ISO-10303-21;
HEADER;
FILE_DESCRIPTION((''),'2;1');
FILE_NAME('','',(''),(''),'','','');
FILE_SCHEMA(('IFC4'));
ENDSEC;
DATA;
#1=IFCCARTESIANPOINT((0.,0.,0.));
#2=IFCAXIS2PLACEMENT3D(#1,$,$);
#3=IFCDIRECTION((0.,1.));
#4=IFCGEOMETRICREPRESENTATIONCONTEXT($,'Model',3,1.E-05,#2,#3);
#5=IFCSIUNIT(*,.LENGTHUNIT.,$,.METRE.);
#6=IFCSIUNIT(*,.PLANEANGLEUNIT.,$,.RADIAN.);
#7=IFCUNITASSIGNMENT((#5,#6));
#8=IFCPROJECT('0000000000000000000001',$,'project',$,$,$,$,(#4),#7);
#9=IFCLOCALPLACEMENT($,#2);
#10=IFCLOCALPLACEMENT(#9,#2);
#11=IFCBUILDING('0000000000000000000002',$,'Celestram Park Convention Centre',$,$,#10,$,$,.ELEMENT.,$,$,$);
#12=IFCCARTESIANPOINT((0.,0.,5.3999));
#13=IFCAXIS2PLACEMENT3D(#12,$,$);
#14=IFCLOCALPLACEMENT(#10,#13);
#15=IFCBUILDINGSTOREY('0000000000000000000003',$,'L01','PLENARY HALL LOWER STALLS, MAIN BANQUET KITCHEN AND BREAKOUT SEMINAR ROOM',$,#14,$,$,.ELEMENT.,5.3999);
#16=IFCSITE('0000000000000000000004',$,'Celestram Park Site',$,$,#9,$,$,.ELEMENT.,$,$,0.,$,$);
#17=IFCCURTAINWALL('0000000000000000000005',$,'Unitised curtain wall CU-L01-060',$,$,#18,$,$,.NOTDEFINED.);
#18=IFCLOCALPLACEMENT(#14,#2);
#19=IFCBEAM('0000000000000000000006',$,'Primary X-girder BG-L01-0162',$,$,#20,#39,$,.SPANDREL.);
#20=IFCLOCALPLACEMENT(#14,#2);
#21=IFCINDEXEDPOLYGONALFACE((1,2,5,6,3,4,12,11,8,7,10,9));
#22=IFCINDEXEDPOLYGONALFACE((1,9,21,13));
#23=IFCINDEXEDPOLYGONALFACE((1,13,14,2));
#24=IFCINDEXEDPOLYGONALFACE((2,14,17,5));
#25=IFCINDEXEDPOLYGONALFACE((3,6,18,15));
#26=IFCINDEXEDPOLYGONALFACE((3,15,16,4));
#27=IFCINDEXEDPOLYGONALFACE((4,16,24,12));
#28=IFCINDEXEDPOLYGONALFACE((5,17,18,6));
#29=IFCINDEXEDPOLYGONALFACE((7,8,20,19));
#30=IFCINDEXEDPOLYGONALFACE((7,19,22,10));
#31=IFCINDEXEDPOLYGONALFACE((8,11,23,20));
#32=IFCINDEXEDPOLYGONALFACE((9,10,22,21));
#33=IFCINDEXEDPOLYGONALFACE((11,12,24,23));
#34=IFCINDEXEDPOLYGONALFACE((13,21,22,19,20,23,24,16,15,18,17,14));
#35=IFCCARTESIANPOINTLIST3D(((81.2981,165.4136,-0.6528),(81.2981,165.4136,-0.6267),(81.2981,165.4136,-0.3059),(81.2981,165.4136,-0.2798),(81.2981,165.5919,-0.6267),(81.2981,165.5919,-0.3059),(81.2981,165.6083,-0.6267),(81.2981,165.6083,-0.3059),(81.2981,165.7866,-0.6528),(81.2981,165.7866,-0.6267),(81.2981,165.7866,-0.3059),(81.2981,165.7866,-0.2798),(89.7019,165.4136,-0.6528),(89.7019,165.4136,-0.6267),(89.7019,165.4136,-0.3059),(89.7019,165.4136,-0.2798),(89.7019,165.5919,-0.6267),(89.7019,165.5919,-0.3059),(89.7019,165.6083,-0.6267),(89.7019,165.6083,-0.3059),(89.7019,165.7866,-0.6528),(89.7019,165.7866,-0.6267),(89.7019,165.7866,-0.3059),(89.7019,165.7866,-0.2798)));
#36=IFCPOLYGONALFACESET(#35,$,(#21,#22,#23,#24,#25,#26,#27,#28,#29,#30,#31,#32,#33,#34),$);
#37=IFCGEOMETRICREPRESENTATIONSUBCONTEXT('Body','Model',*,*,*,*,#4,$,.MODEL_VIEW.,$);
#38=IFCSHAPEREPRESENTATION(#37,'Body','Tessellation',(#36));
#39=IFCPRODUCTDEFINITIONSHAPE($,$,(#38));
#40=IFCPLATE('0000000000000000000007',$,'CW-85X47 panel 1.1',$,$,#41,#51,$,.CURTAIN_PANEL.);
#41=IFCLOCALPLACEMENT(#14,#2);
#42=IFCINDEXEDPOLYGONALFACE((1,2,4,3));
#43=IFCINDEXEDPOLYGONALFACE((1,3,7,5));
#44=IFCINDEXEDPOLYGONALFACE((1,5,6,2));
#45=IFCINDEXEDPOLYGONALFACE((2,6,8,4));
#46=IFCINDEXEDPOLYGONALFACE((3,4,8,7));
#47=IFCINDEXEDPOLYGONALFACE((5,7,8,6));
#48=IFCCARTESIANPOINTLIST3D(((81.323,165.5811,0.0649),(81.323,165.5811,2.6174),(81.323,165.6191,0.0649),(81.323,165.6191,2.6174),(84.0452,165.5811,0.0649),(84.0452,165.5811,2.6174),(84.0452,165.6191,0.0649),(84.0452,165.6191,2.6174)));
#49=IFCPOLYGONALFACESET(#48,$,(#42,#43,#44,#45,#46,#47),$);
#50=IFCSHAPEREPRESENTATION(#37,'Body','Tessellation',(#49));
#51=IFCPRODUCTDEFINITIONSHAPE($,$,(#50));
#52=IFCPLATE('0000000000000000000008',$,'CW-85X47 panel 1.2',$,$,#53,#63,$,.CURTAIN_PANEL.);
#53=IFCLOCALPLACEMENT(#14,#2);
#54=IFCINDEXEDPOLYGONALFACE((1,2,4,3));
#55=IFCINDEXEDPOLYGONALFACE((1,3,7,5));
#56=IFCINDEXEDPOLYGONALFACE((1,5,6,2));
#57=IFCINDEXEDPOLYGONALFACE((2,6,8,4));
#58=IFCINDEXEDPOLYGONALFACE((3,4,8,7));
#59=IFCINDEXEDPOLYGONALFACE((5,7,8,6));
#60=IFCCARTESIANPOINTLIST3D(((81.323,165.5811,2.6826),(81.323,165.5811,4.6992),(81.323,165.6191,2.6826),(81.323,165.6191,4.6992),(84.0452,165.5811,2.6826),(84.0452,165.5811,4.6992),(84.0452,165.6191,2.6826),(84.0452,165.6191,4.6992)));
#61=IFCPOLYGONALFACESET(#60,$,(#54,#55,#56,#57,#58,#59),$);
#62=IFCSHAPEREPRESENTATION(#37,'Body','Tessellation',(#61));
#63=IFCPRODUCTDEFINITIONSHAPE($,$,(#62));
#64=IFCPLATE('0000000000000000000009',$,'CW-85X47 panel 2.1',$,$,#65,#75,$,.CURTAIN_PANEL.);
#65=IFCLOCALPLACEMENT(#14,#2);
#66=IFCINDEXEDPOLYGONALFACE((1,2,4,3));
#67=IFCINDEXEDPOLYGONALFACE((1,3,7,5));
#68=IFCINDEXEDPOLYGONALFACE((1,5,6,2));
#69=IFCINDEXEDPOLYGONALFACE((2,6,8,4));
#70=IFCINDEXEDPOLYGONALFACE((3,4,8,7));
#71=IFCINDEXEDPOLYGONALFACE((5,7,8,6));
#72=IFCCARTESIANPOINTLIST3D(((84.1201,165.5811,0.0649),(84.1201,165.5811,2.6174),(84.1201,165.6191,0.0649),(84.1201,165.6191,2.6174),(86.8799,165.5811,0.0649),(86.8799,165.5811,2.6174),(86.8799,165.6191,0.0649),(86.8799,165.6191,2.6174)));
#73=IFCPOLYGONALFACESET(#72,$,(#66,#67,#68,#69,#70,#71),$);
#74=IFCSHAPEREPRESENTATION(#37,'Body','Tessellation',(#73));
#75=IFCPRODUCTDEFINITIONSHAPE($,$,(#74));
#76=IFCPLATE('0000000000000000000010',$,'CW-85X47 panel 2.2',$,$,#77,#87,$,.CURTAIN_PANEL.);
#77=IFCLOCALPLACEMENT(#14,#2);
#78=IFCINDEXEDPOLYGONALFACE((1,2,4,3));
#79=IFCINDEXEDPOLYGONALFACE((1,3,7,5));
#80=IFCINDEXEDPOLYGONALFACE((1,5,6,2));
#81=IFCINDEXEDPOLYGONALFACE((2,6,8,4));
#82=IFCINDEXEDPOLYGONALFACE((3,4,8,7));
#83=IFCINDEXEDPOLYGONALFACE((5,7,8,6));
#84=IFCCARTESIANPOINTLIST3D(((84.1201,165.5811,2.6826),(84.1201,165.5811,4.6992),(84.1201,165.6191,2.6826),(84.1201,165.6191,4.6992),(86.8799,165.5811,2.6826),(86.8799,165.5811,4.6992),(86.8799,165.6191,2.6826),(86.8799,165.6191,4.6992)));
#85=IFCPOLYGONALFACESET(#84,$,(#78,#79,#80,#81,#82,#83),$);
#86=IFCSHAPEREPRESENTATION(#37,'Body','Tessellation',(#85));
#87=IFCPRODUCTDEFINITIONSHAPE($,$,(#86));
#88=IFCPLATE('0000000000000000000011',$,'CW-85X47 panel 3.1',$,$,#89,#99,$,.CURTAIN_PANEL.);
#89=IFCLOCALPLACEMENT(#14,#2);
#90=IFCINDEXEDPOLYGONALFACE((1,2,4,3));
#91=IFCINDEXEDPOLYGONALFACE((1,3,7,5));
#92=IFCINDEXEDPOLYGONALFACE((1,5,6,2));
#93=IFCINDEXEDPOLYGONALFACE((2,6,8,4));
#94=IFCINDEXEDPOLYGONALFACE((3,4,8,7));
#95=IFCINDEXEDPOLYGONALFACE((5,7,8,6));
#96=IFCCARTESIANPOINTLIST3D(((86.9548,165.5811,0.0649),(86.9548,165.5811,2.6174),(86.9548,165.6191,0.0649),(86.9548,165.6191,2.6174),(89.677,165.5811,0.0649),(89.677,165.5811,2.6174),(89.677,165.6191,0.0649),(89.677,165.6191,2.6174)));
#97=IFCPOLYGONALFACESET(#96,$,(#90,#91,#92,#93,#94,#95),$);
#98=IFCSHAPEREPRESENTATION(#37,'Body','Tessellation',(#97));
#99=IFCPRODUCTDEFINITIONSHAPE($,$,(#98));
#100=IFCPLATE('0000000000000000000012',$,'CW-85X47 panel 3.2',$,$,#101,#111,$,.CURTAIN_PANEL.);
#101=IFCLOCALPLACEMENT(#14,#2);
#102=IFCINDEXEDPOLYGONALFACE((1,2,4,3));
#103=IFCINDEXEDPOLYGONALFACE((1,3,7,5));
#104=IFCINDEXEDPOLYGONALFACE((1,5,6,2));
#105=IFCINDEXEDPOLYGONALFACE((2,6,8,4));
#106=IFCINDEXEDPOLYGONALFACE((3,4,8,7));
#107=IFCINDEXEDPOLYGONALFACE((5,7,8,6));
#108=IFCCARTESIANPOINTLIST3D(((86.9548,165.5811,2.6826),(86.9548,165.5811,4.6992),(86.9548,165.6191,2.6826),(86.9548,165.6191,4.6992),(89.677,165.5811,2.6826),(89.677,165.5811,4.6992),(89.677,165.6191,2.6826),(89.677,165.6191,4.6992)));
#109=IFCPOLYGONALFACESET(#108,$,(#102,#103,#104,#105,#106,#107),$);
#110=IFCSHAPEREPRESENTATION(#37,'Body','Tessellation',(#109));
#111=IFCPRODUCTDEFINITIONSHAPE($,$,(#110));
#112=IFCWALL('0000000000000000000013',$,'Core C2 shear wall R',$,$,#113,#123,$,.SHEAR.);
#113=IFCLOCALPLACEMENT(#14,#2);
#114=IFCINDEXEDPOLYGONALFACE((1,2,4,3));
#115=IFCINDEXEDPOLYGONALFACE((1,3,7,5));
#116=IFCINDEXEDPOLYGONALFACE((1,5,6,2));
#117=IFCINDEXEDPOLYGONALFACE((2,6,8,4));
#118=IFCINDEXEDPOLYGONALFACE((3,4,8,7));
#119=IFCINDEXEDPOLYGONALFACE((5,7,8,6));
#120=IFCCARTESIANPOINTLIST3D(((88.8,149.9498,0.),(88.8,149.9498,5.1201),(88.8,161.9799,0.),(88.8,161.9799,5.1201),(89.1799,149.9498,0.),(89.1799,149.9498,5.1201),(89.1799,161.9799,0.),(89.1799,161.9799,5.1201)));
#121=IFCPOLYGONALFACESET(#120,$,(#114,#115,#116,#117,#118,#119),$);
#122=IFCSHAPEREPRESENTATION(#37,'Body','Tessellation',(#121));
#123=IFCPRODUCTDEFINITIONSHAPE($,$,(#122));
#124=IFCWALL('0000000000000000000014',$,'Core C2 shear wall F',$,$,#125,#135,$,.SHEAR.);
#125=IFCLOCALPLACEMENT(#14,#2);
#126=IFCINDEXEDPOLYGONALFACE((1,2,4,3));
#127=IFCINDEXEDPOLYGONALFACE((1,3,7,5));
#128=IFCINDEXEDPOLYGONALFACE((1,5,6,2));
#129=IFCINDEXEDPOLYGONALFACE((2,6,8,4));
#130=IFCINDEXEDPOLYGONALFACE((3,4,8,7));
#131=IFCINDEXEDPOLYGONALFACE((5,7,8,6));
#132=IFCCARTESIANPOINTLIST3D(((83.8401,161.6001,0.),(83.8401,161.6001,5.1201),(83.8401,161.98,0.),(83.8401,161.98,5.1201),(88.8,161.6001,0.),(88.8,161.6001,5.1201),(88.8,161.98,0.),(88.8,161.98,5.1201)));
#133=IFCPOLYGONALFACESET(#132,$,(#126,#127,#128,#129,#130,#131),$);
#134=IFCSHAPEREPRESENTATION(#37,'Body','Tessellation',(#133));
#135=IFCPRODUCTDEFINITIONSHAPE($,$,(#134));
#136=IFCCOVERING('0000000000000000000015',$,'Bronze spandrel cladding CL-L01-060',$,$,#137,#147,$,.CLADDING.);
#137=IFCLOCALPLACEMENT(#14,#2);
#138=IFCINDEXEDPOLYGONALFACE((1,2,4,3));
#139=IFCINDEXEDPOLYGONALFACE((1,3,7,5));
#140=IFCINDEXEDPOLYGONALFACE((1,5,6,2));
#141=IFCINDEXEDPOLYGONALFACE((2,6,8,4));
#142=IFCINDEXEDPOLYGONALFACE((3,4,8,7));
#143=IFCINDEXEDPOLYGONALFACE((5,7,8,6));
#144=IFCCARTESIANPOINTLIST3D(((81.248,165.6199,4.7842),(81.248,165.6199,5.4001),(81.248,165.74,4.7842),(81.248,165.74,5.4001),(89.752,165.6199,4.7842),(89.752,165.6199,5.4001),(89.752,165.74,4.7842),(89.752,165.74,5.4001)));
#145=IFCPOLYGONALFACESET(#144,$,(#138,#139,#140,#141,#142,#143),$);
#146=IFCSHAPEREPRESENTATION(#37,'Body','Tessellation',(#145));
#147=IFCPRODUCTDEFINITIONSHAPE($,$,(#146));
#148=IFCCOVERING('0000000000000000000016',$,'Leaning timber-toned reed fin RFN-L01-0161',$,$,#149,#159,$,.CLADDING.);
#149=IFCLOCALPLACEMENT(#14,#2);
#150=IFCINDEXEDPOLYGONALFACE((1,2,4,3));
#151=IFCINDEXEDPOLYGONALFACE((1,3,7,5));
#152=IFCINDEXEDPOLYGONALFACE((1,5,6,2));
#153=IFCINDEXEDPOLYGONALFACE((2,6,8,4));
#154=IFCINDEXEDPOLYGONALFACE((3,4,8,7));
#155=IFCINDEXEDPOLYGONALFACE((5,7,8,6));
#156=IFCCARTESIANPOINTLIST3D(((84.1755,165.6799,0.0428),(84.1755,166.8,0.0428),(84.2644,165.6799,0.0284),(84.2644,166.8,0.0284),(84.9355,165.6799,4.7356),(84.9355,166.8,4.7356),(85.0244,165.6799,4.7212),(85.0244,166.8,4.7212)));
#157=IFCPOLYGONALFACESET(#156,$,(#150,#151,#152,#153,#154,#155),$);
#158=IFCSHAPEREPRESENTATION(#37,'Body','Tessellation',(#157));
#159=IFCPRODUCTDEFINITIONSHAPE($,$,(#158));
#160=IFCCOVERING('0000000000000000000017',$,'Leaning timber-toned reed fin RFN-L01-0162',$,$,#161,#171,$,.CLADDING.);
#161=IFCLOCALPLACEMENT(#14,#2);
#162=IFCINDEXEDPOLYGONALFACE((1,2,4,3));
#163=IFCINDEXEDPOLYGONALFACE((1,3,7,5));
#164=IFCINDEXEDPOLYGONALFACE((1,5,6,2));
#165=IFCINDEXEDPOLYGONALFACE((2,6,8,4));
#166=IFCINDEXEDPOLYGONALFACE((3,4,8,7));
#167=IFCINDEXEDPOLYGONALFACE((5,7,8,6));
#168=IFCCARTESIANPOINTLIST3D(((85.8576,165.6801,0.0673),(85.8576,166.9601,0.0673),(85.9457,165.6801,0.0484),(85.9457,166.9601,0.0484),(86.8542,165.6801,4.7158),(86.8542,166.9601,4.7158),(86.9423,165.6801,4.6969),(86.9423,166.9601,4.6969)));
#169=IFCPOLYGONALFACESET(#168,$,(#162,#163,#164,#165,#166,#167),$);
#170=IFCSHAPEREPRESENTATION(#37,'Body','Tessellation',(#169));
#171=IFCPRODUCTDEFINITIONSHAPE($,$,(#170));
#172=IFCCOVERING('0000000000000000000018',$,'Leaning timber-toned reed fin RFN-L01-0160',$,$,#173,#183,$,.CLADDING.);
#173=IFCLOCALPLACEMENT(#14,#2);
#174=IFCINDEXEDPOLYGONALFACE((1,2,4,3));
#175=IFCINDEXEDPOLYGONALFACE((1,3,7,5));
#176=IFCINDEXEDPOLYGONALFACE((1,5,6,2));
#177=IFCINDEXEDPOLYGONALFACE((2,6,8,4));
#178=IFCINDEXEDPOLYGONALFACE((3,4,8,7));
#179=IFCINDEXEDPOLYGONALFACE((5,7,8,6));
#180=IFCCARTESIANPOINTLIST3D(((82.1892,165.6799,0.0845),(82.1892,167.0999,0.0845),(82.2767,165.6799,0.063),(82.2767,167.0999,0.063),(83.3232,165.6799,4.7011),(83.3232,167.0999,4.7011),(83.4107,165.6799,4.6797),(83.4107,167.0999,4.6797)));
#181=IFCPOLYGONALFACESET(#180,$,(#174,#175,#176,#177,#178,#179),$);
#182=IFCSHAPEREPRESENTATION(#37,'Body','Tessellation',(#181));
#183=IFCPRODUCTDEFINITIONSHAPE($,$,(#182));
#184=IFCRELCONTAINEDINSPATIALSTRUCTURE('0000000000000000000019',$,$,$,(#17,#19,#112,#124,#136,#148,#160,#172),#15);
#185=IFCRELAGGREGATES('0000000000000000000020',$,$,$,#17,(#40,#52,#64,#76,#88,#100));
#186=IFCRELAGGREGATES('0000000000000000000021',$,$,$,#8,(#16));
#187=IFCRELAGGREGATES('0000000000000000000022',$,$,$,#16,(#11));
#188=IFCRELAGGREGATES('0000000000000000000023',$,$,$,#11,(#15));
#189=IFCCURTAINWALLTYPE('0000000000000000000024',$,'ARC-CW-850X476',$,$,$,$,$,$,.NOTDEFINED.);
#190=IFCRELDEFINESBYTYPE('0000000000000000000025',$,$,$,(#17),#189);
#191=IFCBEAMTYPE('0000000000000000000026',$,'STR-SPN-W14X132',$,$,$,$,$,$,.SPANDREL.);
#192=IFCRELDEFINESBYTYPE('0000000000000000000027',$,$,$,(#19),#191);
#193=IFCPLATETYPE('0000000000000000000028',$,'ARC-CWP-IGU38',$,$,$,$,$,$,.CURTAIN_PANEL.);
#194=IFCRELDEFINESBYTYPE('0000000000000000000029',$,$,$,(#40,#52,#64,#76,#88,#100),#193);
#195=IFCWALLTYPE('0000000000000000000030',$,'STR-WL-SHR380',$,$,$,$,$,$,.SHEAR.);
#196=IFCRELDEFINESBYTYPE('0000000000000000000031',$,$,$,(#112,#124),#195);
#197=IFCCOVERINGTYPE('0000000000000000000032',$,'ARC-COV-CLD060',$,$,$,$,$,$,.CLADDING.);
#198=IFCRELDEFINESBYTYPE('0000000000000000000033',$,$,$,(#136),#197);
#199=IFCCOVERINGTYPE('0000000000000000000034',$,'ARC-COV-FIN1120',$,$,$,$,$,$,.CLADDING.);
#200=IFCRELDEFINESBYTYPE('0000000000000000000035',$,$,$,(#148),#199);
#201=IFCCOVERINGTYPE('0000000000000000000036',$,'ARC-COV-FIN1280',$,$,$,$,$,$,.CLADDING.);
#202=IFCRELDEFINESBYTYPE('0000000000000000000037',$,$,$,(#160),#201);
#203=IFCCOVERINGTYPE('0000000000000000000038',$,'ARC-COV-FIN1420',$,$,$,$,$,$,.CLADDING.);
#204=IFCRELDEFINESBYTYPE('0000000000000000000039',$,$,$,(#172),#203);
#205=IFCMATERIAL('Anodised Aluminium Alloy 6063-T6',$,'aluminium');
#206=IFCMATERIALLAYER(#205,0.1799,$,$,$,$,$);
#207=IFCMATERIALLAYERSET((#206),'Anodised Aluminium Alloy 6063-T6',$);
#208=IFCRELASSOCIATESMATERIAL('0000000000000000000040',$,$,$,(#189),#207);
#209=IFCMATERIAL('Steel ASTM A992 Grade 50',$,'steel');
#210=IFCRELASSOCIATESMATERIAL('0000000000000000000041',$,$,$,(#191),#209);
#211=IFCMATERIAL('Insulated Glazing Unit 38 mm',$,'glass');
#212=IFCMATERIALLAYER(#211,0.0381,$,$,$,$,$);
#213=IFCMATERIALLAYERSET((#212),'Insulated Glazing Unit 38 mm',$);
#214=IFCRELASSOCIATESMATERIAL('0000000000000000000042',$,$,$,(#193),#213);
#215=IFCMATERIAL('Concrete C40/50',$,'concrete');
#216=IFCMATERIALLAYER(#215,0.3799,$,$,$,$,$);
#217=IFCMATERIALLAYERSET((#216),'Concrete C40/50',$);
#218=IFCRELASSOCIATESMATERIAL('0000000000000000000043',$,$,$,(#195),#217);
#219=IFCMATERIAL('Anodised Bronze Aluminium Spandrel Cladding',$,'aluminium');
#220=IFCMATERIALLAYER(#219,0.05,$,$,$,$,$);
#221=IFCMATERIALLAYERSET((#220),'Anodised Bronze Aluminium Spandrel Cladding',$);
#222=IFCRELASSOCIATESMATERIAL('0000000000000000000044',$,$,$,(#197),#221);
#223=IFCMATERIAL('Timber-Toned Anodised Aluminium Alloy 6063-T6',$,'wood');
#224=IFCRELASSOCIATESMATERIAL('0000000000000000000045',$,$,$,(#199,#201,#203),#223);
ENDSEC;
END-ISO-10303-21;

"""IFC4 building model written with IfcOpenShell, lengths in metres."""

from ifc_helpers import new_model, si_unit, direction, frame, frame_2d, origin, origin_2d, place, context, subcontext, project, spatial, rectangle, i_section, extrude, material, layer, layer_set, material_profile, profile_set, type_object, element, aggregate, save


model = new_model("IFC4")

# Units and contexts
model_context = context("Model", 3, precision=1e-05, world=origin(), true_north=direction((0.0, 1.0)))
body_context = subcontext(model_context, "Body", "Model", "MODEL_VIEW")
ifc_project = project(units=[si_unit("LENGTHUNIT", "METRE"), si_unit("PLANEANGLEUNIT", "RADIAN")], contexts=[model_context])

# Site, building, storey
site_placement = place(None, origin())
site = spatial("IfcSite", under=ifc_project, at=site_placement, Name="Celestram Park Site", CompositionType="ELEMENT", RefElevation=0.0)
building_placement = place(site_placement, origin())
building = spatial("IfcBuilding", under=site, at=building_placement, Name="Celestram Park Convention Centre", CompositionType="ELEMENT")
storey_placement = place(building_placement, frame((0.0, 0.0, 5.3999)))
storey = spatial("IfcBuildingStorey", under=building, at=storey_placement, Name="L01", Description="PLENARY HALL LOWER STALLS, MAIN BANQUET KITCHEN AND BREAKOUT SEMINAR ROOM", CompositionType="ELEMENT", Elevation=5.3999)

# Curtain wall
ifc_material_1 = material(Name="Anodised Aluminium Alloy 6063-T6", Category="aluminium")
ifc_layer_1 = layer(ifc_material_1, 0.1799)
ifc_layer_set_1 = layer_set([ifc_layer_1], Name="Anodised Aluminium Alloy 6063-T6")
curtain_wall_type = type_object("IfcCurtainWallType", Name="ARC-CW-850X476", PredefinedType="NOTDEFINED", material=ifc_layer_set_1)
curtain_wall_placement = place(storey_placement, origin())
curtain_wall = element("IfcCurtainWall", 1, at=curtain_wall_placement, inside=storey, type_object=curtain_wall_type, Name="Unitised curtain wall CU-L01-060", PredefinedType="NOTDEFINED")

# Beam
ifc_material_2 = material(Name="Steel ASTM A992 Grade 50", Category="steel")
ifc_material_profile_1 = material_profile(ifc_material_2, i_section(OverallWidth=0.373, OverallDepth=0.373, WebThickness=0.0164, FlangeThickness=0.0261, at=origin_2d()), Name="W14X132")
ifc_profile_set_1 = profile_set([ifc_material_profile_1], Name="Steel ASTM A992 Grade 50")
beam_type = type_object("IfcBeamType", Name="STR-SPN-W14X132", PredefinedType="SPANDREL", material=ifc_profile_set_1)
beam_placement = place(storey_placement, frame((81.2981, 165.6001, -0.4663), z_axis=(1.0, 0.0, 0.0), x_axis=(0.0, 1.0, 0.0)))
element("IfcBeam", 2, at=beam_placement, inside=storey, type_object=beam_type, Name="Primary X-girder BG-L01-0162", PredefinedType="SPANDREL", context=body_context, shape_type="SweptSolid", body=[
    extrude(i_section(OverallWidth=0.373, OverallDepth=0.373, WebThickness=0.0164, FlangeThickness=0.0261, at=origin_2d()), origin(), (0.0, 0.0, 1.0), 8.4038),
])

# Plates
ifc_material_3 = material(Name="Insulated Glazing Unit 38 mm", Category="glass")
ifc_layer_2 = layer(ifc_material_3, 0.0381)
ifc_layer_set_2 = layer_set([ifc_layer_2], Name="Insulated Glazing Unit 38 mm")
plate_type = type_object("IfcPlateType", Name="ARC-CWP-IGU38", PredefinedType="CURTAIN_PANEL", material=ifc_layer_set_2)
plate_1_placement = place(storey_placement, frame((82.6841, 165.6001, 0.0649), z_axis=(0.0, 0.0, 1.0), x_axis=(1.0, 0.0, 0.0)))
plate_1 = element("IfcPlate", 3, at=plate_1_placement, type_object=plate_type, Name="CW-85X47 panel 1.1", PredefinedType="CURTAIN_PANEL", context=body_context, shape_type="SweptSolid", body=[
    extrude(rectangle(XDim=2.7222, YDim=0.0381, at=origin_2d()), origin(), (0.0, 0.0, 1.0), 2.5525),
])
plate_2_placement = place(storey_placement, frame((82.6841, 165.6001, 2.6826), z_axis=(0.0, 0.0, 1.0), x_axis=(1.0, 0.0, 0.0)))
plate_2 = element("IfcPlate", 4, at=plate_2_placement, type_object=plate_type, Name="CW-85X47 panel 1.2", PredefinedType="CURTAIN_PANEL", context=body_context, shape_type="SweptSolid", body=[
    extrude(rectangle(XDim=2.7222, YDim=0.0381, at=origin_2d()), origin(), (0.0, 0.0, 1.0), 2.0166),
])
plate_3_placement = place(storey_placement, frame((85.5, 165.6001, 0.0649), z_axis=(0.0, 0.0, 1.0), x_axis=(1.0, 0.0, 0.0)))
plate_3 = element("IfcPlate", 5, at=plate_3_placement, type_object=plate_type, Name="CW-85X47 panel 2.1", PredefinedType="CURTAIN_PANEL", context=body_context, shape_type="SweptSolid", body=[
    extrude(rectangle(XDim=2.7598, YDim=0.0381, at=origin_2d()), origin(), (0.0, 0.0, 1.0), 2.5525),
])
plate_4_placement = place(storey_placement, frame((85.5, 165.6001, 2.6826), z_axis=(0.0, 0.0, 1.0), x_axis=(1.0, 0.0, 0.0)))
plate_4 = element("IfcPlate", 6, at=plate_4_placement, type_object=plate_type, Name="CW-85X47 panel 2.2", PredefinedType="CURTAIN_PANEL", context=body_context, shape_type="SweptSolid", body=[
    extrude(rectangle(XDim=2.7598, YDim=0.0381, at=origin_2d()), origin(), (0.0, 0.0, 1.0), 2.0166),
])
plate_5_placement = place(storey_placement, frame((88.3159, 165.6001, 0.0649), z_axis=(0.0, 0.0, 1.0), x_axis=(1.0, 0.0, 0.0)))
plate_5 = element("IfcPlate", 7, at=plate_5_placement, type_object=plate_type, Name="CW-85X47 panel 3.1", PredefinedType="CURTAIN_PANEL", context=body_context, shape_type="SweptSolid", body=[
    extrude(rectangle(XDim=2.7222, YDim=0.0381, at=origin_2d()), origin(), (0.0, 0.0, 1.0), 2.5525),
])
plate_6_placement = place(storey_placement, frame((88.3159, 165.6001, 2.6826), z_axis=(0.0, 0.0, 1.0), x_axis=(1.0, 0.0, 0.0)))
plate_6 = element("IfcPlate", 8, at=plate_6_placement, type_object=plate_type, Name="CW-85X47 panel 3.2", PredefinedType="CURTAIN_PANEL", context=body_context, shape_type="SweptSolid", body=[
    extrude(rectangle(XDim=2.7222, YDim=0.0381, at=origin_2d()), origin(), (0.0, 0.0, 1.0), 2.0166),
])
aggregate(curtain_wall, [plate_1, plate_2, plate_3, plate_4, plate_5, plate_6])

# Walls
ifc_material_4 = material(Name="Concrete C40/50", Category="concrete")
ifc_layer_3 = layer(ifc_material_4, 0.3799)
ifc_layer_set_3 = layer_set([ifc_layer_3], Name="Concrete C40/50")
wall_type = type_object("IfcWallType", Name="STR-WL-SHR380", PredefinedType="SHEAR", material=ifc_layer_set_3)
wall_1_placement = place(storey_placement, frame((88.99, 161.98, 0.0), z_axis=(0.0, 0.0, 1.0), x_axis=(0.0, -1.0, 0.0)))
element("IfcWall", 9, at=wall_1_placement, inside=storey, type_object=wall_type, Name="Core C2 shear wall R", PredefinedType="SHEAR", context=body_context, shape_type="SweptSolid", body=[
    extrude(rectangle(XDim=12.03, YDim=0.3799, at=frame_2d((6.0151, 0.0))), origin(), (0.0, 0.0, 1.0), 5.1201),
])
wall_2_placement = place(storey_placement, frame((83.8401, 161.79, 0.0), z_axis=(0.0, 0.0, 1.0), x_axis=(1.0, 0.0, 0.0)))
element("IfcWall", 10, at=wall_2_placement, inside=storey, type_object=wall_type, Name="Core C2 shear wall F", PredefinedType="SHEAR", context=body_context, shape_type="SweptSolid", body=[
    extrude(rectangle(XDim=4.96, YDim=0.3799, at=frame_2d((2.48, 0.0))), origin(), (0.0, 0.0, 1.0), 5.1201),
])

# Coverings
ifc_material_5 = material(Name="Anodised Bronze Aluminium Spandrel Cladding", Category="aluminium")
ifc_layer_4 = layer(ifc_material_5, 0.05)
ifc_layer_set_4 = layer_set([ifc_layer_4], Name="Anodised Bronze Aluminium Spandrel Cladding")
covering_type_1 = type_object("IfcCoveringType", Name="ARC-COV-CLD060", PredefinedType="CLADDING", material=ifc_layer_set_4)
covering_1_placement = place(storey_placement, frame((85.5, 165.6799, 4.7842), z_axis=(0.0, 0.0, 1.0), x_axis=(1.0, 0.0, 0.0)))
element("IfcCovering", 11, at=covering_1_placement, inside=storey, type_object=covering_type_1, Name="Bronze spandrel cladding CL-L01-060", PredefinedType="CLADDING", context=body_context, shape_type="SweptSolid", body=[
    extrude(rectangle(XDim=8.5039, YDim=0.1201, at=origin_2d()), origin(), (0.0, 0.0, 1.0), 0.616),
])
ifc_material_6 = material(Name="Timber-Toned Anodised Aluminium Alloy 6063-T6", Category="wood")
ifc_material_profile_2 = material_profile(ifc_material_6, rectangle(XDim=1.1201, YDim=0.0901, at=origin_2d()), Name="REED1120X90")
ifc_profile_set_2 = profile_set([ifc_material_profile_2], Name="Timber-Toned Anodised Aluminium Alloy 6063-T6")
covering_type_2 = type_object("IfcCoveringType", Name="ARC-COV-FIN1120", PredefinedType="CLADDING", material=ifc_profile_set_2)
covering_2_placement = place(storey_placement, frame((84.22, 166.24, 0.0356), z_axis=(0.159867, 0.0, 0.987139), x_axis=(0.0, 1.0, 0.0)))
element("IfcCovering", 12, at=covering_2_placement, inside=storey, type_object=covering_type_2, Name="Leaning timber-toned reed fin RFN-L01-0161", PredefinedType="CLADDING", context=body_context, shape_type="SweptSolid", body=[
    extrude(rectangle(XDim=1.1201, YDim=0.0901, at=origin_2d()), origin(), (0.0, 0.0, 1.0), 4.7539),
])
ifc_material_profile_3 = material_profile(ifc_material_6, rectangle(XDim=1.28, YDim=0.0901, at=origin_2d()), Name="REED1280X90")
ifc_profile_set_3 = profile_set([ifc_material_profile_3], Name="Timber-Toned Anodised Aluminium Alloy 6063-T6")
covering_type_3 = type_object("IfcCoveringType", Name="ARC-COV-FIN1280", PredefinedType="CLADDING", material=ifc_profile_set_3)
covering_3_placement = place(storey_placement, frame((85.9016, 166.3201, 0.0579), z_axis=(0.209627, 0.0, 0.977781), x_axis=(0.0, 1.0, 0.0)))
element("IfcCovering", 13, at=covering_3_placement, inside=storey, type_object=covering_type_3, Name="Leaning timber-toned reed fin RFN-L01-0162", PredefinedType="CLADDING", context=body_context, shape_type="SweptSolid", body=[
    extrude(rectangle(XDim=1.28, YDim=0.0901, at=origin_2d()), origin(), (0.0, 0.0, 1.0), 4.7542),
])
ifc_material_profile_4 = material_profile(ifc_material_6, rectangle(XDim=1.4199, YDim=0.0901, at=origin_2d()), Name="REED1420X90")
ifc_profile_set_4 = profile_set([ifc_material_profile_4], Name="Timber-Toned Anodised Aluminium Alloy 6063-T6")
covering_type_4 = type_object("IfcCoveringType", Name="ARC-COV-FIN1420", PredefinedType="CLADDING", material=ifc_profile_set_4)
for number, where, z_axis, x_axis, name in (
    (14, (82.2329, 166.3899, 0.0737), (0.238546, 0.0, 0.971131), (0.0, 1.0, 0.0), "Leaning timber-toned reed fin RFN-L01-0160"),
):
    element("IfcCovering", number, at=place(storey_placement, frame(where, z_axis=z_axis, x_axis=x_axis)), inside=storey, type_object=covering_type_4, Name=name, PredefinedType="CLADDING", context=body_context, shape_type="SweptSolid", body=[
        extrude(rectangle(XDim=1.4199, YDim=0.0901, at=origin_2d()), origin(), (0.0, 0.0, 1.0), 4.7539),
    ])

save(model, "model.ifc")
